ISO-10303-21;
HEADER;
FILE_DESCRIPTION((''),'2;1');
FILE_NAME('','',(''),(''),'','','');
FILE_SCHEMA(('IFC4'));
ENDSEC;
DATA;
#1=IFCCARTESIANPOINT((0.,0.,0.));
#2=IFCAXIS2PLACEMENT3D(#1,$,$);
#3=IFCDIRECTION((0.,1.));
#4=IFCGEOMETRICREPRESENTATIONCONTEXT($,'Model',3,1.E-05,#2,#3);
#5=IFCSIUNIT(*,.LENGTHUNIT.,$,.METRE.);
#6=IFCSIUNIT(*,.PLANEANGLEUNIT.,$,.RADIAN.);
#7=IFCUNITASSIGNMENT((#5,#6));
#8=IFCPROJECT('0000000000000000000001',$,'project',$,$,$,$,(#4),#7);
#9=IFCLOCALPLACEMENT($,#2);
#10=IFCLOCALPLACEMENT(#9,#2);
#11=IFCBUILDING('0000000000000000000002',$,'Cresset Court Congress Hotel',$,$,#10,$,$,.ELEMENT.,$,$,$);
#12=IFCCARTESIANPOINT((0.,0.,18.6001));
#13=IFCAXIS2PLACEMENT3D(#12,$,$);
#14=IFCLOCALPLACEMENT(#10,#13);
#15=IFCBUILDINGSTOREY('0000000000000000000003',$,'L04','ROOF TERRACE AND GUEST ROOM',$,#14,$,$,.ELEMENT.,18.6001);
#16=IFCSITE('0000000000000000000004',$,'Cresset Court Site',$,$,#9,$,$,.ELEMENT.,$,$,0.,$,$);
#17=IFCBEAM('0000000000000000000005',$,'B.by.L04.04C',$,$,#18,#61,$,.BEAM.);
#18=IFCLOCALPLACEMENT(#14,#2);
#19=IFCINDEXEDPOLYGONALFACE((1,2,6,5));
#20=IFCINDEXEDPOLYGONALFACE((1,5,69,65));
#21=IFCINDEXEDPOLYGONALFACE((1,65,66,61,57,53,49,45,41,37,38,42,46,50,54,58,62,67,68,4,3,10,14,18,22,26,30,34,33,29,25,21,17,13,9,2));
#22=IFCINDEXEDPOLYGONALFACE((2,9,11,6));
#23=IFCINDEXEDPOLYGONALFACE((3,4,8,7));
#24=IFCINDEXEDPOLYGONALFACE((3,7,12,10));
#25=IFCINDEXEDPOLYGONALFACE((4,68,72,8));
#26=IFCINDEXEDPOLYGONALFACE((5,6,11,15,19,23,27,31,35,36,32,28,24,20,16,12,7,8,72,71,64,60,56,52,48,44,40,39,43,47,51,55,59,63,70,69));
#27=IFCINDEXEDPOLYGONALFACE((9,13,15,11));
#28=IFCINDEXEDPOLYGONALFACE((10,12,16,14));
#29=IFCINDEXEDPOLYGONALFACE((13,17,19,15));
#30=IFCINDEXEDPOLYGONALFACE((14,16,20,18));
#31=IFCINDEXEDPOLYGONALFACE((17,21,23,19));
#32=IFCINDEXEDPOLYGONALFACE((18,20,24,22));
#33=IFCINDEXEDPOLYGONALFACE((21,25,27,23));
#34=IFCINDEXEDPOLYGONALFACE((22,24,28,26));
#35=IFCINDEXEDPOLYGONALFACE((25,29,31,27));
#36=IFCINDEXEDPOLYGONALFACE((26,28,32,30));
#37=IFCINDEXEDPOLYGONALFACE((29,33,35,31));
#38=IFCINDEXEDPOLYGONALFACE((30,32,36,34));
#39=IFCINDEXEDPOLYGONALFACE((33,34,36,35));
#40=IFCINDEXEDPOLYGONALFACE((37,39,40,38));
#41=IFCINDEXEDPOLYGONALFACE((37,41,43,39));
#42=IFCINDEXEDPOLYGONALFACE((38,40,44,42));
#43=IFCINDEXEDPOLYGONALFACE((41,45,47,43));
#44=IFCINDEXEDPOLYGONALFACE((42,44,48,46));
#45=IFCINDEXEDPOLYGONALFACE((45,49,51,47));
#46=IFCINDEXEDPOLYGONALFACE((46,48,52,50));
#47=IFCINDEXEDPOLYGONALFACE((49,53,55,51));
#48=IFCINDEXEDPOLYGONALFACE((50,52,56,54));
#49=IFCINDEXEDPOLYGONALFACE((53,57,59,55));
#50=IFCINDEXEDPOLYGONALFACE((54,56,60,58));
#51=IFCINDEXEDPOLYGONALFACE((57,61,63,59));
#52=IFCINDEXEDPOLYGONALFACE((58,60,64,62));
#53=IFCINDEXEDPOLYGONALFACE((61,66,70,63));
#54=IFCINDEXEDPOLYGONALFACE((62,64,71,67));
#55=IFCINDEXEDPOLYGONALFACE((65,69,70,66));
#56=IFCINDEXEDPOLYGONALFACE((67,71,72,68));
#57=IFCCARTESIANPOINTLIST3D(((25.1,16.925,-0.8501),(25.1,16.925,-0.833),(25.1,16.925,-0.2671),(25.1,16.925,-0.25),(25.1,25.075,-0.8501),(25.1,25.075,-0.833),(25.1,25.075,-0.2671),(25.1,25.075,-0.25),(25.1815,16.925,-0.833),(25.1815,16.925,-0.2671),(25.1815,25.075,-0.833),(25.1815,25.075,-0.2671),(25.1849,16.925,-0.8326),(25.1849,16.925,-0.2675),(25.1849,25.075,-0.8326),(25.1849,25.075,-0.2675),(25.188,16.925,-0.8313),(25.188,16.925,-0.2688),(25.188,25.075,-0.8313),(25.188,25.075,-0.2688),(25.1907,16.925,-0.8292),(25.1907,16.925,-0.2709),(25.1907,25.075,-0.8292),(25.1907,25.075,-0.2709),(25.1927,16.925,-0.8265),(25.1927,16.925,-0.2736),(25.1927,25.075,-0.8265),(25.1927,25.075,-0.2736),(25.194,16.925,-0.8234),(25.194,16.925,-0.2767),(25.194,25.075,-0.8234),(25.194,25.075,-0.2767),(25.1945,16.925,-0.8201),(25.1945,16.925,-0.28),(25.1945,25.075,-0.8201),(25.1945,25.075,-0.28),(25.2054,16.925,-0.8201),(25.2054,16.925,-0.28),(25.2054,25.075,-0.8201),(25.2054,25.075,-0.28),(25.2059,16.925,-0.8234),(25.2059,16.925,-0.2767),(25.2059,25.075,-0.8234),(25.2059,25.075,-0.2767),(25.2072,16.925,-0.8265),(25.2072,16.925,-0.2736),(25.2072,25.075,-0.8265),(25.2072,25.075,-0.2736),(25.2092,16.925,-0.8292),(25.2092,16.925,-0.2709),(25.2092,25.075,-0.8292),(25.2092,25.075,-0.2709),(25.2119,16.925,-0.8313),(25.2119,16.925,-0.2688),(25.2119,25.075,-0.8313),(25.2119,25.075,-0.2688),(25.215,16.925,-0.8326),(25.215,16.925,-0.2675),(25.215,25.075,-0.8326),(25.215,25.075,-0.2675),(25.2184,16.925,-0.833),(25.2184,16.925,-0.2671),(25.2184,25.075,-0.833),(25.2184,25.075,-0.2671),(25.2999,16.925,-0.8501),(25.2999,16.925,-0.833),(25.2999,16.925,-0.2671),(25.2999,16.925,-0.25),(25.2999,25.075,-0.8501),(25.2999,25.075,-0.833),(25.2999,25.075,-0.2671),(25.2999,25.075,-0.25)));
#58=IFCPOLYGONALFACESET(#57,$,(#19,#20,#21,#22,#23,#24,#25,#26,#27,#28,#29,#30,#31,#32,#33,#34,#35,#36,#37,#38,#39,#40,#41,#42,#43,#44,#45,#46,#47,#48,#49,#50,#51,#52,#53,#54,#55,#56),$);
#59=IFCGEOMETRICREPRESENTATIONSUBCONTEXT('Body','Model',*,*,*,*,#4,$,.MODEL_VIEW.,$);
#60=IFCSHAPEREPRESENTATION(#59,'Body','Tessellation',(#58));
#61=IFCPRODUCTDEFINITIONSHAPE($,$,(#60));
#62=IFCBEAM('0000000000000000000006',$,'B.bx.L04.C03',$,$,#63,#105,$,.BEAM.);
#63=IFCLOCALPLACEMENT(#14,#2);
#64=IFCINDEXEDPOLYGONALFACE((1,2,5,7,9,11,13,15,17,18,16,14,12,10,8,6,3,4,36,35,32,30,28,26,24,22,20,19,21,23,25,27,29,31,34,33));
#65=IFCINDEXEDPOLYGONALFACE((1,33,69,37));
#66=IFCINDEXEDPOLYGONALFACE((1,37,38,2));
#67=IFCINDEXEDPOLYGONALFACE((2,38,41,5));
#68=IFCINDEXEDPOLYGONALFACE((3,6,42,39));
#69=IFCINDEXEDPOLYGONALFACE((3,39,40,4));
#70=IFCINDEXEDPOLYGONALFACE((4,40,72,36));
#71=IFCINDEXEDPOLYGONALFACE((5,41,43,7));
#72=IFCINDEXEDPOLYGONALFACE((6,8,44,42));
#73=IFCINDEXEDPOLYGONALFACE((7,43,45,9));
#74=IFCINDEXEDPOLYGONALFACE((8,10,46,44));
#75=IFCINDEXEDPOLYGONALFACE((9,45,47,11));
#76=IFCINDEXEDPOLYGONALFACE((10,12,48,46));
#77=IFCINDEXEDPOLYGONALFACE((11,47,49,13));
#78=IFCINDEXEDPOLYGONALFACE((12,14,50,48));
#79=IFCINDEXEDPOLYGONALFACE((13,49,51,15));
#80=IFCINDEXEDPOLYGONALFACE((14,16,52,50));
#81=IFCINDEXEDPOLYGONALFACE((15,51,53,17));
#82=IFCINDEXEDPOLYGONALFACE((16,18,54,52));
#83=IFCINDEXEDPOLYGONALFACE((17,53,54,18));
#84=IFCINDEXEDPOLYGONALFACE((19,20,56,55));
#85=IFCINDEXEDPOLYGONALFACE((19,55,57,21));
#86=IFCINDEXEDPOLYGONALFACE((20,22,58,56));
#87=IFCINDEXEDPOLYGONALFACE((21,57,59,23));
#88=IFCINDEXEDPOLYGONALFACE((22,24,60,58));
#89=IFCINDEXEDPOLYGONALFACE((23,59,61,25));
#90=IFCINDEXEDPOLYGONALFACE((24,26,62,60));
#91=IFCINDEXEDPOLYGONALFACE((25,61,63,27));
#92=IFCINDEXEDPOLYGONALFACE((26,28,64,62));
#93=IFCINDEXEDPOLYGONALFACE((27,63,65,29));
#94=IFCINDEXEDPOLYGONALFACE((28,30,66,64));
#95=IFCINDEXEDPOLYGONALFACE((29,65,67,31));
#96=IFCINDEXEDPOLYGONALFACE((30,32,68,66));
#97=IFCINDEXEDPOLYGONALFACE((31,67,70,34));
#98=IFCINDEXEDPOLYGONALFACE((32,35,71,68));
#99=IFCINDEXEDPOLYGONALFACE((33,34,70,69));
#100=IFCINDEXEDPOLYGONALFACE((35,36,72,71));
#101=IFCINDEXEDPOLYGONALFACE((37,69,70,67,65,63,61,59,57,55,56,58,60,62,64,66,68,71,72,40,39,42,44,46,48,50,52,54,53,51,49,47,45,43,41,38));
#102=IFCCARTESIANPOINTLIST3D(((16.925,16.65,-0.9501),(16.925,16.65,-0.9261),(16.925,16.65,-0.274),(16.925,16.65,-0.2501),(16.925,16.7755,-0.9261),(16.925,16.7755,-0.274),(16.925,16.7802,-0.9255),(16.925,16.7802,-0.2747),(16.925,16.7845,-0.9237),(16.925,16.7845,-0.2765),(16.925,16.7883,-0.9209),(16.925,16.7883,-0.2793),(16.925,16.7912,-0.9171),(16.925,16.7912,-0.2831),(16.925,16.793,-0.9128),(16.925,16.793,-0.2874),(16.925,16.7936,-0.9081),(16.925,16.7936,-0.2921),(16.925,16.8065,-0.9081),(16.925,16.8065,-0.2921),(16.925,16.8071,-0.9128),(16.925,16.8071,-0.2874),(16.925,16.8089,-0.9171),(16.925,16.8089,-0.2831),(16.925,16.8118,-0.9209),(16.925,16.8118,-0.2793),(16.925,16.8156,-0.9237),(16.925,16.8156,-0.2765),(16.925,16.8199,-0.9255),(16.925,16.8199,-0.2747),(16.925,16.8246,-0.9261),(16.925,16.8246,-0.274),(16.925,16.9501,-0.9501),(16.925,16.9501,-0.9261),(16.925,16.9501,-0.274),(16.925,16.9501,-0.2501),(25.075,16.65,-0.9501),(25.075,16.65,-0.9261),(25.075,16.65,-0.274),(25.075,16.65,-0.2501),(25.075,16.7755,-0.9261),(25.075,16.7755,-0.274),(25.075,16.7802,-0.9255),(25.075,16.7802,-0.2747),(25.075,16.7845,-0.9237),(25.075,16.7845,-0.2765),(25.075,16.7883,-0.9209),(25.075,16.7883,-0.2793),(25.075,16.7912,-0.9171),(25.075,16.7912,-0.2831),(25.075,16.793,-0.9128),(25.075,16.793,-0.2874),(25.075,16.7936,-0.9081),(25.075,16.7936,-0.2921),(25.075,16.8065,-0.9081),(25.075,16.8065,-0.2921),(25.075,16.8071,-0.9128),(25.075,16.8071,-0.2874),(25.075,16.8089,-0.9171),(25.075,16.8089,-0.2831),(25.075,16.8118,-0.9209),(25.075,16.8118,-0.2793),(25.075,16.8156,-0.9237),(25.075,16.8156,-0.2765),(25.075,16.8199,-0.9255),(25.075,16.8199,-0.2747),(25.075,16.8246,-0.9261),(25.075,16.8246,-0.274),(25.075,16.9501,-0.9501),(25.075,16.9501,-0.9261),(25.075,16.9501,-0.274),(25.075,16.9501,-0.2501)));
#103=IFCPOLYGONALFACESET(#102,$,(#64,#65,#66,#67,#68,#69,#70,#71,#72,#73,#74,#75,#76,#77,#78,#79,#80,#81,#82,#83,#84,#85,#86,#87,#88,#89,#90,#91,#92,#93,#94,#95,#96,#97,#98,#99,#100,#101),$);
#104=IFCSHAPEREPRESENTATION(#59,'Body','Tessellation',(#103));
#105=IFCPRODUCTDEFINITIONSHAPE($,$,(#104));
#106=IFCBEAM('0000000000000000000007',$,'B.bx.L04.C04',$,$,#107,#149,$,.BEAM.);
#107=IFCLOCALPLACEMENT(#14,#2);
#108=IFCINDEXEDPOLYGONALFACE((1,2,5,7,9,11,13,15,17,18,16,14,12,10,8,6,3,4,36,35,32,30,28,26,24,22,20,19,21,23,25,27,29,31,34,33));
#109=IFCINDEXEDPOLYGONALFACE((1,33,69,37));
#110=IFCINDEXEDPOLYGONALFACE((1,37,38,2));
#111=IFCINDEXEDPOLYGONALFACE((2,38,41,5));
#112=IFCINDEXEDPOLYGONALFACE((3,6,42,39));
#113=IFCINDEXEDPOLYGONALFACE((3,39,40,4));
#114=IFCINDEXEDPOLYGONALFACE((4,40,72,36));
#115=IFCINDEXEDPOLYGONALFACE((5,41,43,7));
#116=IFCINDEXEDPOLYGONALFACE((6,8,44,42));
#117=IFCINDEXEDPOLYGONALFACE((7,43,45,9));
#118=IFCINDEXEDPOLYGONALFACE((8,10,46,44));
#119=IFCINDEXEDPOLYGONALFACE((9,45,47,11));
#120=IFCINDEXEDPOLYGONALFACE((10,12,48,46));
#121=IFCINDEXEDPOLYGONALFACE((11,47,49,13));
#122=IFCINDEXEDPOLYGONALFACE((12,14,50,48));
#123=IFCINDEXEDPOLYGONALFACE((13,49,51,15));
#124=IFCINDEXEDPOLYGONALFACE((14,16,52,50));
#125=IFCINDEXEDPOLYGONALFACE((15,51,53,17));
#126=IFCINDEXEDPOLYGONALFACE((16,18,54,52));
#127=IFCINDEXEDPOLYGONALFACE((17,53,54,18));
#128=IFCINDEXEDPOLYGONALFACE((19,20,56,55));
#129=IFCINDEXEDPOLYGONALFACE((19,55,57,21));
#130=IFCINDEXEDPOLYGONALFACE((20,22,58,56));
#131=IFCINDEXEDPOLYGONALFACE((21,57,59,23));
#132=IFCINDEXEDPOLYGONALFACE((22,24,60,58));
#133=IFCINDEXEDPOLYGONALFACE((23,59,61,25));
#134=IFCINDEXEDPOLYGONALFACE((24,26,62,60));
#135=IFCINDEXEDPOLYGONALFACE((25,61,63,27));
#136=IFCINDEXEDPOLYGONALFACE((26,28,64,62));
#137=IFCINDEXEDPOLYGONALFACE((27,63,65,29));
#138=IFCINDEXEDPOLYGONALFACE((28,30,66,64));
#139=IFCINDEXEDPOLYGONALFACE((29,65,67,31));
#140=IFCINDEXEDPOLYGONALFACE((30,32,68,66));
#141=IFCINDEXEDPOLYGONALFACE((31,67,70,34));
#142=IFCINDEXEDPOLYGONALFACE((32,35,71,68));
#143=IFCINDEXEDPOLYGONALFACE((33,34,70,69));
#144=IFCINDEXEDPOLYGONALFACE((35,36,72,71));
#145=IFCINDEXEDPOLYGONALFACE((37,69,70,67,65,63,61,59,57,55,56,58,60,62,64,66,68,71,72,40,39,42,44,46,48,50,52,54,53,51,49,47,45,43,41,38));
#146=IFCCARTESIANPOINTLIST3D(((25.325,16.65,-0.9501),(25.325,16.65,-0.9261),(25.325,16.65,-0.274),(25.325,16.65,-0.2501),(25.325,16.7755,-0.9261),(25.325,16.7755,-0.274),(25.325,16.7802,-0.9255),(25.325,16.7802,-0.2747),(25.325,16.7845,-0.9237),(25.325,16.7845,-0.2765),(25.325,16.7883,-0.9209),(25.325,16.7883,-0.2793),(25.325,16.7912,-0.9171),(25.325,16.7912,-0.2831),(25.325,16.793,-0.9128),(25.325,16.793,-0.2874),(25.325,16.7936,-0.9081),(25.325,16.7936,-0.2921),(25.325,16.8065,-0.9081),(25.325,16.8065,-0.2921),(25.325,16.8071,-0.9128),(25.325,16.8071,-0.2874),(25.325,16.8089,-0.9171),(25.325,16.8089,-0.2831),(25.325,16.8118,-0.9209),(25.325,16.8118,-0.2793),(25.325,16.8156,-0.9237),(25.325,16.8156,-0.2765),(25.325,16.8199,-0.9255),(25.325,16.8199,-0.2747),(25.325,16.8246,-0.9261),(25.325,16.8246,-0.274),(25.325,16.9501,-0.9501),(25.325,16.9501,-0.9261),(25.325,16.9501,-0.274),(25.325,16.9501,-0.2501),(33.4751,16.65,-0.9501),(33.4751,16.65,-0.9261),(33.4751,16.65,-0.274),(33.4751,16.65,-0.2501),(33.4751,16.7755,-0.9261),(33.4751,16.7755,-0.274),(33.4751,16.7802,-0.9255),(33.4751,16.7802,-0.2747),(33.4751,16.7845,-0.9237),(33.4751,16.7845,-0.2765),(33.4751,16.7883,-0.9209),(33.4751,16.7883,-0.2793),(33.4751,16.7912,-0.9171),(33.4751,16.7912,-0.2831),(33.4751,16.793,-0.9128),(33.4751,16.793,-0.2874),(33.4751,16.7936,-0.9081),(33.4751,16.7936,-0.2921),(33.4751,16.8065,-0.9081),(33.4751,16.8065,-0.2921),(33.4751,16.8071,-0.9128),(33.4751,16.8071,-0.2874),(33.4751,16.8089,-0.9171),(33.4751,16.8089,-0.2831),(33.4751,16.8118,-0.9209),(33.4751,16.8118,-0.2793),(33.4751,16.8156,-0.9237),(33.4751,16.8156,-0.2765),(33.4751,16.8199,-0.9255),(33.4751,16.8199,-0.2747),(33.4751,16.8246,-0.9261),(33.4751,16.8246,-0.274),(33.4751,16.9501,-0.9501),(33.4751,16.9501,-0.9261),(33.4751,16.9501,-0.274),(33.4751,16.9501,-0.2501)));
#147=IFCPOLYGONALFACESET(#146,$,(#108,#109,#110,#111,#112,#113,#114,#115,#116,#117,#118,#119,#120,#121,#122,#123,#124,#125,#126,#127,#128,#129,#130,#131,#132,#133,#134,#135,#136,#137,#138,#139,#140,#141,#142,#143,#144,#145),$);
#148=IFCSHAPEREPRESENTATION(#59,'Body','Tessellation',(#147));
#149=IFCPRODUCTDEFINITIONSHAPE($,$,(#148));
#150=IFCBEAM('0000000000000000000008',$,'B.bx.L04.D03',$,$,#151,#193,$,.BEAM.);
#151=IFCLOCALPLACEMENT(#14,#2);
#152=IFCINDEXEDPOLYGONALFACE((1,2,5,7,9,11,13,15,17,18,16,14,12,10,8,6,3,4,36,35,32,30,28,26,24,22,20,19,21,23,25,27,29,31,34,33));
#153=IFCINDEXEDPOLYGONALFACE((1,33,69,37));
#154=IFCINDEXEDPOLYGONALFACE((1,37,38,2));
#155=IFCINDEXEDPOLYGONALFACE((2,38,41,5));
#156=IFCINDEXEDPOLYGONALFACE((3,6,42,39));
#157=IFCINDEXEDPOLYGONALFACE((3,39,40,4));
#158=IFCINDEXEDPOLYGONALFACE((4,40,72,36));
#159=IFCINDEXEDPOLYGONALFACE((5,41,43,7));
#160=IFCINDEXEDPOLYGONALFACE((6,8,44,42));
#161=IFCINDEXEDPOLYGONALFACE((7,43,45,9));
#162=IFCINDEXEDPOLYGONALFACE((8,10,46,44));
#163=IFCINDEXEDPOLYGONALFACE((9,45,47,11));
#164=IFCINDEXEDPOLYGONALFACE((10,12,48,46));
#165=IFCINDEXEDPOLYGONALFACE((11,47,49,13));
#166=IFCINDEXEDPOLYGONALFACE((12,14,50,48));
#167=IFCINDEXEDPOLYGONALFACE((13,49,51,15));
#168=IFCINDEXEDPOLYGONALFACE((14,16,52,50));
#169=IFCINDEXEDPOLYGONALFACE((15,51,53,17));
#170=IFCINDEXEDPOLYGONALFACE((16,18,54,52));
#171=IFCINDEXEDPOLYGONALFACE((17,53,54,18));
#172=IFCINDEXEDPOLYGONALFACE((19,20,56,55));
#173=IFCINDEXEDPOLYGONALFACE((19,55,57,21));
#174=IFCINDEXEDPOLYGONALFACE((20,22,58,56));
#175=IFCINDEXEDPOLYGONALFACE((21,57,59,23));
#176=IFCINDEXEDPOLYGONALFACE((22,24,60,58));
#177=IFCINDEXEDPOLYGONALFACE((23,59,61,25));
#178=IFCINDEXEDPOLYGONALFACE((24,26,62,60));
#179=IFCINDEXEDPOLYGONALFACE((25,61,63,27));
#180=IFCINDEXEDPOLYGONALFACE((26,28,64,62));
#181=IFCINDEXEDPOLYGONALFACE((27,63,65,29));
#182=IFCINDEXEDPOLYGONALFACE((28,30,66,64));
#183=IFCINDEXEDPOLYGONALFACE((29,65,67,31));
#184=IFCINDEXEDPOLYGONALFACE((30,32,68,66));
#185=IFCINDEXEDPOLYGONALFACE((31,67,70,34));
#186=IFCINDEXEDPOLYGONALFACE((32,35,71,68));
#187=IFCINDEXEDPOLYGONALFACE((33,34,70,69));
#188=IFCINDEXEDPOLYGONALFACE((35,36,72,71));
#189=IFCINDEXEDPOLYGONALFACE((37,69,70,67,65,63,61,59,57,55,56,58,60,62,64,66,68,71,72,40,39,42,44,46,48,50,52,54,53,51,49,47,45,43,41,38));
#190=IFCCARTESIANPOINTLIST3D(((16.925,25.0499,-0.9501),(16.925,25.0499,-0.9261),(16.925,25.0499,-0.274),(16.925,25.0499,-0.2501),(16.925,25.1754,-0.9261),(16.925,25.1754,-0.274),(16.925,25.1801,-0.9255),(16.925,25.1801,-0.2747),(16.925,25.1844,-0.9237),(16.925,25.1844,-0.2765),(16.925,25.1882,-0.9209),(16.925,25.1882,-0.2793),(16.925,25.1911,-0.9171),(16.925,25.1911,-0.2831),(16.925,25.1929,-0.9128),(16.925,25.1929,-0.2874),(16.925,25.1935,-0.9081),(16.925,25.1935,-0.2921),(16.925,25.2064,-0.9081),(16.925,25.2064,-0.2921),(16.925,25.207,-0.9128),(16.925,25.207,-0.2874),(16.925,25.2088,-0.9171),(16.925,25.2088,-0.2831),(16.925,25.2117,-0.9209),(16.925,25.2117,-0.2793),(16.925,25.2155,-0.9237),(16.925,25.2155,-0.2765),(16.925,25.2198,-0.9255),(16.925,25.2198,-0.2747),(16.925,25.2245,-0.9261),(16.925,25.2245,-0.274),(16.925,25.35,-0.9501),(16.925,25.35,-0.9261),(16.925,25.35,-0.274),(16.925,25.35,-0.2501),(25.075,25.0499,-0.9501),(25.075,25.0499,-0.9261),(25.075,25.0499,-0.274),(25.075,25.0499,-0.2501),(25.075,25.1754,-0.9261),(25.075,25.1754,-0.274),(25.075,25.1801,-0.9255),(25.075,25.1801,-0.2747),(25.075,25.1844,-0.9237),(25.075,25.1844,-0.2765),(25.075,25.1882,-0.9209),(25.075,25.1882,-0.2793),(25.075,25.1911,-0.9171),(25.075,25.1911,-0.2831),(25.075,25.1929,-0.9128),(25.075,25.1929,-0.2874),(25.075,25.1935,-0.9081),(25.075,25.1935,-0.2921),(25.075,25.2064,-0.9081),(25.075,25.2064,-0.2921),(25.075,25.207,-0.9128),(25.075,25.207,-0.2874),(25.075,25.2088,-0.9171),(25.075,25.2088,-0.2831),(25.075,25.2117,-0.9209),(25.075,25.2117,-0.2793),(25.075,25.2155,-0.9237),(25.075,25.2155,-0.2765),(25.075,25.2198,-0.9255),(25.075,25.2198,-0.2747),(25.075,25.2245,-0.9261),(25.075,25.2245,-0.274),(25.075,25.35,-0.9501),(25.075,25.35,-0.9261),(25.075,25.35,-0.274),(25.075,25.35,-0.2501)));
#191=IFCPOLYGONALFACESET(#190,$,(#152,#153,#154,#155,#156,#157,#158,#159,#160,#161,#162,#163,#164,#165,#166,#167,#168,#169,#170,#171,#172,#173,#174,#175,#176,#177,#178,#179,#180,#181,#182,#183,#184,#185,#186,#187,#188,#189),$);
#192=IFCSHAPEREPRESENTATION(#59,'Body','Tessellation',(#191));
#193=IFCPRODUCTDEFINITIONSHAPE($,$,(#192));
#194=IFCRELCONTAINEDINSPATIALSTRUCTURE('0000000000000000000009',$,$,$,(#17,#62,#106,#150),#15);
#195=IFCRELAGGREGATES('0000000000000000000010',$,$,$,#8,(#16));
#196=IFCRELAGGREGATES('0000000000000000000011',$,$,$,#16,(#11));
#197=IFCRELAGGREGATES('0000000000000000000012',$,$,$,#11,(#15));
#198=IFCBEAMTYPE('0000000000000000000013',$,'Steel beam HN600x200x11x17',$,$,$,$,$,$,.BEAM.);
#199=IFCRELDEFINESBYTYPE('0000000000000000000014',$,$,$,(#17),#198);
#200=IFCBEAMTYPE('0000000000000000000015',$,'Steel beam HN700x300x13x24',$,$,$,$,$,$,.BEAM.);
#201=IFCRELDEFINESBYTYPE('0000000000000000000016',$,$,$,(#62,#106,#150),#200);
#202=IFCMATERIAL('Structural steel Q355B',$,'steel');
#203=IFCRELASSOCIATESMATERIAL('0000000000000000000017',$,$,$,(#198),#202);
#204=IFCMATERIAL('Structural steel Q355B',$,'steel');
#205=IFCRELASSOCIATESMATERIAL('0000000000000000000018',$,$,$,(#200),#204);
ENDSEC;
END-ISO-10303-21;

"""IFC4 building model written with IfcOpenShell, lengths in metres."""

from ifc_helpers import new_model, si_unit, direction, frame, origin, origin_2d, place, context, subcontext, project, spatial, i_section, extrude, material, material_profile, profile_set, type_object, element, save


model = new_model("IFC4")

# Units and contexts
model_context = context("Model", 3, precision=1e-05, world=origin(), true_north=direction((0.0, 1.0)))
body_context = subcontext(model_context, "Body", "Model", "MODEL_VIEW")
ifc_project = project(units=[si_unit("LENGTHUNIT", "METRE"), si_unit("PLANEANGLEUNIT", "RADIAN")], contexts=[model_context])

# Site, building, storey
site_placement = place(None, origin())
site = spatial("IfcSite", under=ifc_project, at=site_placement, Name="Cresset Court Site", CompositionType="ELEMENT", RefElevation=0.0)
building_placement = place(site_placement, origin())
building = spatial("IfcBuilding", under=site, at=building_placement, Name="Cresset Court Congress Hotel", CompositionType="ELEMENT")
storey_placement = place(building_placement, frame((0.0, 0.0, 18.6001)))
storey = spatial("IfcBuildingStorey", under=building, at=storey_placement, Name="L04", Description="ROOF TERRACE AND GUEST ROOM", CompositionType="ELEMENT", Elevation=18.6001)

# Beams
ifc_material_1 = material(Name="Structural steel Q355B", Category="steel")
ifc_material_profile_1 = material_profile(ifc_material_1, i_section(OverallWidth=0.2, OverallDepth=0.6001, WebThickness=0.011, FlangeThickness=0.0171, FilletRadius=0.0129, at=origin_2d()), Name="HN600x200x11x17")
ifc_profile_set_1 = profile_set([ifc_material_profile_1], Name="Structural steel Q355B")
beam_type_1 = type_object("IfcBeamType", Name="Steel beam HN600x200x11x17", PredefinedType="BEAM", material=ifc_profile_set_1)
beam_1_placement = place(storey_placement, frame((25.2, 16.925, -0.55), z_axis=(0.0, 1.0, 0.0), x_axis=(-1.0, 0.0, 0.0)))
element("IfcBeam", 1, at=beam_1_placement, inside=storey, type_object=beam_type_1, Name="B.by.L04.04C", PredefinedType="BEAM", context=body_context, shape_type="SweptSolid", body=[
    extrude(i_section(OverallWidth=0.2, OverallDepth=0.6001, WebThickness=0.011, FlangeThickness=0.0171, FilletRadius=0.0129, at=origin_2d()), origin(), (0.0, 0.0, 1.0), 8.1499),
])
ifc_material_2 = material(Name="Structural steel Q355B", Category="steel")
ifc_material_profile_2 = material_profile(ifc_material_2, i_section(OverallWidth=0.3, OverallDepth=0.7, WebThickness=0.0129, FlangeThickness=0.0239, FilletRadius=0.0181, at=origin_2d()), Name="HN700x300x13x24")
ifc_profile_set_2 = profile_set([ifc_material_profile_2], Name="Structural steel Q355B")
beam_type_2 = type_object("IfcBeamType", Name="Steel beam HN700x300x13x24", PredefinedType="BEAM", material=ifc_profile_set_2)
beam_2_placement = place(storey_placement, frame((16.925, 16.8, -0.6001), z_axis=(1.0, 0.0, 0.0), x_axis=(0.0, 1.0, 0.0)))
element("IfcBeam", 2, at=beam_2_placement, inside=storey, type_object=beam_type_2, Name="B.bx.L04.C03", PredefinedType="BEAM", context=body_context, shape_type="SweptSolid", body=[
    extrude(i_section(OverallWidth=0.3, OverallDepth=0.7, WebThickness=0.0129, FlangeThickness=0.0239, FilletRadius=0.0181, at=origin_2d()), origin(), (0.0, 0.0, 1.0), 8.1499),
])
beam_3_placement = place(storey_placement, frame((25.325, 16.8, -0.6001), z_axis=(1.0, 0.0, 0.0), x_axis=(0.0, 1.0, 0.0)))
element("IfcBeam", 3, at=beam_3_placement, inside=storey, type_object=beam_type_2, Name="B.bx.L04.C04", PredefinedType="BEAM", context=body_context, shape_type="SweptSolid", body=[
    extrude(i_section(OverallWidth=0.3, OverallDepth=0.7, WebThickness=0.0129, FlangeThickness=0.0239, FilletRadius=0.0181, at=origin_2d()), origin(), (0.0, 0.0, 1.0), 8.1501),
])
beam_4_placement = place(storey_placement, frame((16.925, 25.2, -0.6001), z_axis=(1.0, 0.0, 0.0), x_axis=(0.0, 1.0, 0.0)))
element("IfcBeam", 4, at=beam_4_placement, inside=storey, type_object=beam_type_2, Name="B.bx.L04.D03", PredefinedType="BEAM", context=body_context, shape_type="SweptSolid", body=[
    extrude(i_section(OverallWidth=0.3, OverallDepth=0.7, WebThickness=0.0129, FlangeThickness=0.0239, FilletRadius=0.0181, at=origin_2d()), origin(), (0.0, 0.0, 1.0), 8.1499),
])

save(model, "model.ifc")
